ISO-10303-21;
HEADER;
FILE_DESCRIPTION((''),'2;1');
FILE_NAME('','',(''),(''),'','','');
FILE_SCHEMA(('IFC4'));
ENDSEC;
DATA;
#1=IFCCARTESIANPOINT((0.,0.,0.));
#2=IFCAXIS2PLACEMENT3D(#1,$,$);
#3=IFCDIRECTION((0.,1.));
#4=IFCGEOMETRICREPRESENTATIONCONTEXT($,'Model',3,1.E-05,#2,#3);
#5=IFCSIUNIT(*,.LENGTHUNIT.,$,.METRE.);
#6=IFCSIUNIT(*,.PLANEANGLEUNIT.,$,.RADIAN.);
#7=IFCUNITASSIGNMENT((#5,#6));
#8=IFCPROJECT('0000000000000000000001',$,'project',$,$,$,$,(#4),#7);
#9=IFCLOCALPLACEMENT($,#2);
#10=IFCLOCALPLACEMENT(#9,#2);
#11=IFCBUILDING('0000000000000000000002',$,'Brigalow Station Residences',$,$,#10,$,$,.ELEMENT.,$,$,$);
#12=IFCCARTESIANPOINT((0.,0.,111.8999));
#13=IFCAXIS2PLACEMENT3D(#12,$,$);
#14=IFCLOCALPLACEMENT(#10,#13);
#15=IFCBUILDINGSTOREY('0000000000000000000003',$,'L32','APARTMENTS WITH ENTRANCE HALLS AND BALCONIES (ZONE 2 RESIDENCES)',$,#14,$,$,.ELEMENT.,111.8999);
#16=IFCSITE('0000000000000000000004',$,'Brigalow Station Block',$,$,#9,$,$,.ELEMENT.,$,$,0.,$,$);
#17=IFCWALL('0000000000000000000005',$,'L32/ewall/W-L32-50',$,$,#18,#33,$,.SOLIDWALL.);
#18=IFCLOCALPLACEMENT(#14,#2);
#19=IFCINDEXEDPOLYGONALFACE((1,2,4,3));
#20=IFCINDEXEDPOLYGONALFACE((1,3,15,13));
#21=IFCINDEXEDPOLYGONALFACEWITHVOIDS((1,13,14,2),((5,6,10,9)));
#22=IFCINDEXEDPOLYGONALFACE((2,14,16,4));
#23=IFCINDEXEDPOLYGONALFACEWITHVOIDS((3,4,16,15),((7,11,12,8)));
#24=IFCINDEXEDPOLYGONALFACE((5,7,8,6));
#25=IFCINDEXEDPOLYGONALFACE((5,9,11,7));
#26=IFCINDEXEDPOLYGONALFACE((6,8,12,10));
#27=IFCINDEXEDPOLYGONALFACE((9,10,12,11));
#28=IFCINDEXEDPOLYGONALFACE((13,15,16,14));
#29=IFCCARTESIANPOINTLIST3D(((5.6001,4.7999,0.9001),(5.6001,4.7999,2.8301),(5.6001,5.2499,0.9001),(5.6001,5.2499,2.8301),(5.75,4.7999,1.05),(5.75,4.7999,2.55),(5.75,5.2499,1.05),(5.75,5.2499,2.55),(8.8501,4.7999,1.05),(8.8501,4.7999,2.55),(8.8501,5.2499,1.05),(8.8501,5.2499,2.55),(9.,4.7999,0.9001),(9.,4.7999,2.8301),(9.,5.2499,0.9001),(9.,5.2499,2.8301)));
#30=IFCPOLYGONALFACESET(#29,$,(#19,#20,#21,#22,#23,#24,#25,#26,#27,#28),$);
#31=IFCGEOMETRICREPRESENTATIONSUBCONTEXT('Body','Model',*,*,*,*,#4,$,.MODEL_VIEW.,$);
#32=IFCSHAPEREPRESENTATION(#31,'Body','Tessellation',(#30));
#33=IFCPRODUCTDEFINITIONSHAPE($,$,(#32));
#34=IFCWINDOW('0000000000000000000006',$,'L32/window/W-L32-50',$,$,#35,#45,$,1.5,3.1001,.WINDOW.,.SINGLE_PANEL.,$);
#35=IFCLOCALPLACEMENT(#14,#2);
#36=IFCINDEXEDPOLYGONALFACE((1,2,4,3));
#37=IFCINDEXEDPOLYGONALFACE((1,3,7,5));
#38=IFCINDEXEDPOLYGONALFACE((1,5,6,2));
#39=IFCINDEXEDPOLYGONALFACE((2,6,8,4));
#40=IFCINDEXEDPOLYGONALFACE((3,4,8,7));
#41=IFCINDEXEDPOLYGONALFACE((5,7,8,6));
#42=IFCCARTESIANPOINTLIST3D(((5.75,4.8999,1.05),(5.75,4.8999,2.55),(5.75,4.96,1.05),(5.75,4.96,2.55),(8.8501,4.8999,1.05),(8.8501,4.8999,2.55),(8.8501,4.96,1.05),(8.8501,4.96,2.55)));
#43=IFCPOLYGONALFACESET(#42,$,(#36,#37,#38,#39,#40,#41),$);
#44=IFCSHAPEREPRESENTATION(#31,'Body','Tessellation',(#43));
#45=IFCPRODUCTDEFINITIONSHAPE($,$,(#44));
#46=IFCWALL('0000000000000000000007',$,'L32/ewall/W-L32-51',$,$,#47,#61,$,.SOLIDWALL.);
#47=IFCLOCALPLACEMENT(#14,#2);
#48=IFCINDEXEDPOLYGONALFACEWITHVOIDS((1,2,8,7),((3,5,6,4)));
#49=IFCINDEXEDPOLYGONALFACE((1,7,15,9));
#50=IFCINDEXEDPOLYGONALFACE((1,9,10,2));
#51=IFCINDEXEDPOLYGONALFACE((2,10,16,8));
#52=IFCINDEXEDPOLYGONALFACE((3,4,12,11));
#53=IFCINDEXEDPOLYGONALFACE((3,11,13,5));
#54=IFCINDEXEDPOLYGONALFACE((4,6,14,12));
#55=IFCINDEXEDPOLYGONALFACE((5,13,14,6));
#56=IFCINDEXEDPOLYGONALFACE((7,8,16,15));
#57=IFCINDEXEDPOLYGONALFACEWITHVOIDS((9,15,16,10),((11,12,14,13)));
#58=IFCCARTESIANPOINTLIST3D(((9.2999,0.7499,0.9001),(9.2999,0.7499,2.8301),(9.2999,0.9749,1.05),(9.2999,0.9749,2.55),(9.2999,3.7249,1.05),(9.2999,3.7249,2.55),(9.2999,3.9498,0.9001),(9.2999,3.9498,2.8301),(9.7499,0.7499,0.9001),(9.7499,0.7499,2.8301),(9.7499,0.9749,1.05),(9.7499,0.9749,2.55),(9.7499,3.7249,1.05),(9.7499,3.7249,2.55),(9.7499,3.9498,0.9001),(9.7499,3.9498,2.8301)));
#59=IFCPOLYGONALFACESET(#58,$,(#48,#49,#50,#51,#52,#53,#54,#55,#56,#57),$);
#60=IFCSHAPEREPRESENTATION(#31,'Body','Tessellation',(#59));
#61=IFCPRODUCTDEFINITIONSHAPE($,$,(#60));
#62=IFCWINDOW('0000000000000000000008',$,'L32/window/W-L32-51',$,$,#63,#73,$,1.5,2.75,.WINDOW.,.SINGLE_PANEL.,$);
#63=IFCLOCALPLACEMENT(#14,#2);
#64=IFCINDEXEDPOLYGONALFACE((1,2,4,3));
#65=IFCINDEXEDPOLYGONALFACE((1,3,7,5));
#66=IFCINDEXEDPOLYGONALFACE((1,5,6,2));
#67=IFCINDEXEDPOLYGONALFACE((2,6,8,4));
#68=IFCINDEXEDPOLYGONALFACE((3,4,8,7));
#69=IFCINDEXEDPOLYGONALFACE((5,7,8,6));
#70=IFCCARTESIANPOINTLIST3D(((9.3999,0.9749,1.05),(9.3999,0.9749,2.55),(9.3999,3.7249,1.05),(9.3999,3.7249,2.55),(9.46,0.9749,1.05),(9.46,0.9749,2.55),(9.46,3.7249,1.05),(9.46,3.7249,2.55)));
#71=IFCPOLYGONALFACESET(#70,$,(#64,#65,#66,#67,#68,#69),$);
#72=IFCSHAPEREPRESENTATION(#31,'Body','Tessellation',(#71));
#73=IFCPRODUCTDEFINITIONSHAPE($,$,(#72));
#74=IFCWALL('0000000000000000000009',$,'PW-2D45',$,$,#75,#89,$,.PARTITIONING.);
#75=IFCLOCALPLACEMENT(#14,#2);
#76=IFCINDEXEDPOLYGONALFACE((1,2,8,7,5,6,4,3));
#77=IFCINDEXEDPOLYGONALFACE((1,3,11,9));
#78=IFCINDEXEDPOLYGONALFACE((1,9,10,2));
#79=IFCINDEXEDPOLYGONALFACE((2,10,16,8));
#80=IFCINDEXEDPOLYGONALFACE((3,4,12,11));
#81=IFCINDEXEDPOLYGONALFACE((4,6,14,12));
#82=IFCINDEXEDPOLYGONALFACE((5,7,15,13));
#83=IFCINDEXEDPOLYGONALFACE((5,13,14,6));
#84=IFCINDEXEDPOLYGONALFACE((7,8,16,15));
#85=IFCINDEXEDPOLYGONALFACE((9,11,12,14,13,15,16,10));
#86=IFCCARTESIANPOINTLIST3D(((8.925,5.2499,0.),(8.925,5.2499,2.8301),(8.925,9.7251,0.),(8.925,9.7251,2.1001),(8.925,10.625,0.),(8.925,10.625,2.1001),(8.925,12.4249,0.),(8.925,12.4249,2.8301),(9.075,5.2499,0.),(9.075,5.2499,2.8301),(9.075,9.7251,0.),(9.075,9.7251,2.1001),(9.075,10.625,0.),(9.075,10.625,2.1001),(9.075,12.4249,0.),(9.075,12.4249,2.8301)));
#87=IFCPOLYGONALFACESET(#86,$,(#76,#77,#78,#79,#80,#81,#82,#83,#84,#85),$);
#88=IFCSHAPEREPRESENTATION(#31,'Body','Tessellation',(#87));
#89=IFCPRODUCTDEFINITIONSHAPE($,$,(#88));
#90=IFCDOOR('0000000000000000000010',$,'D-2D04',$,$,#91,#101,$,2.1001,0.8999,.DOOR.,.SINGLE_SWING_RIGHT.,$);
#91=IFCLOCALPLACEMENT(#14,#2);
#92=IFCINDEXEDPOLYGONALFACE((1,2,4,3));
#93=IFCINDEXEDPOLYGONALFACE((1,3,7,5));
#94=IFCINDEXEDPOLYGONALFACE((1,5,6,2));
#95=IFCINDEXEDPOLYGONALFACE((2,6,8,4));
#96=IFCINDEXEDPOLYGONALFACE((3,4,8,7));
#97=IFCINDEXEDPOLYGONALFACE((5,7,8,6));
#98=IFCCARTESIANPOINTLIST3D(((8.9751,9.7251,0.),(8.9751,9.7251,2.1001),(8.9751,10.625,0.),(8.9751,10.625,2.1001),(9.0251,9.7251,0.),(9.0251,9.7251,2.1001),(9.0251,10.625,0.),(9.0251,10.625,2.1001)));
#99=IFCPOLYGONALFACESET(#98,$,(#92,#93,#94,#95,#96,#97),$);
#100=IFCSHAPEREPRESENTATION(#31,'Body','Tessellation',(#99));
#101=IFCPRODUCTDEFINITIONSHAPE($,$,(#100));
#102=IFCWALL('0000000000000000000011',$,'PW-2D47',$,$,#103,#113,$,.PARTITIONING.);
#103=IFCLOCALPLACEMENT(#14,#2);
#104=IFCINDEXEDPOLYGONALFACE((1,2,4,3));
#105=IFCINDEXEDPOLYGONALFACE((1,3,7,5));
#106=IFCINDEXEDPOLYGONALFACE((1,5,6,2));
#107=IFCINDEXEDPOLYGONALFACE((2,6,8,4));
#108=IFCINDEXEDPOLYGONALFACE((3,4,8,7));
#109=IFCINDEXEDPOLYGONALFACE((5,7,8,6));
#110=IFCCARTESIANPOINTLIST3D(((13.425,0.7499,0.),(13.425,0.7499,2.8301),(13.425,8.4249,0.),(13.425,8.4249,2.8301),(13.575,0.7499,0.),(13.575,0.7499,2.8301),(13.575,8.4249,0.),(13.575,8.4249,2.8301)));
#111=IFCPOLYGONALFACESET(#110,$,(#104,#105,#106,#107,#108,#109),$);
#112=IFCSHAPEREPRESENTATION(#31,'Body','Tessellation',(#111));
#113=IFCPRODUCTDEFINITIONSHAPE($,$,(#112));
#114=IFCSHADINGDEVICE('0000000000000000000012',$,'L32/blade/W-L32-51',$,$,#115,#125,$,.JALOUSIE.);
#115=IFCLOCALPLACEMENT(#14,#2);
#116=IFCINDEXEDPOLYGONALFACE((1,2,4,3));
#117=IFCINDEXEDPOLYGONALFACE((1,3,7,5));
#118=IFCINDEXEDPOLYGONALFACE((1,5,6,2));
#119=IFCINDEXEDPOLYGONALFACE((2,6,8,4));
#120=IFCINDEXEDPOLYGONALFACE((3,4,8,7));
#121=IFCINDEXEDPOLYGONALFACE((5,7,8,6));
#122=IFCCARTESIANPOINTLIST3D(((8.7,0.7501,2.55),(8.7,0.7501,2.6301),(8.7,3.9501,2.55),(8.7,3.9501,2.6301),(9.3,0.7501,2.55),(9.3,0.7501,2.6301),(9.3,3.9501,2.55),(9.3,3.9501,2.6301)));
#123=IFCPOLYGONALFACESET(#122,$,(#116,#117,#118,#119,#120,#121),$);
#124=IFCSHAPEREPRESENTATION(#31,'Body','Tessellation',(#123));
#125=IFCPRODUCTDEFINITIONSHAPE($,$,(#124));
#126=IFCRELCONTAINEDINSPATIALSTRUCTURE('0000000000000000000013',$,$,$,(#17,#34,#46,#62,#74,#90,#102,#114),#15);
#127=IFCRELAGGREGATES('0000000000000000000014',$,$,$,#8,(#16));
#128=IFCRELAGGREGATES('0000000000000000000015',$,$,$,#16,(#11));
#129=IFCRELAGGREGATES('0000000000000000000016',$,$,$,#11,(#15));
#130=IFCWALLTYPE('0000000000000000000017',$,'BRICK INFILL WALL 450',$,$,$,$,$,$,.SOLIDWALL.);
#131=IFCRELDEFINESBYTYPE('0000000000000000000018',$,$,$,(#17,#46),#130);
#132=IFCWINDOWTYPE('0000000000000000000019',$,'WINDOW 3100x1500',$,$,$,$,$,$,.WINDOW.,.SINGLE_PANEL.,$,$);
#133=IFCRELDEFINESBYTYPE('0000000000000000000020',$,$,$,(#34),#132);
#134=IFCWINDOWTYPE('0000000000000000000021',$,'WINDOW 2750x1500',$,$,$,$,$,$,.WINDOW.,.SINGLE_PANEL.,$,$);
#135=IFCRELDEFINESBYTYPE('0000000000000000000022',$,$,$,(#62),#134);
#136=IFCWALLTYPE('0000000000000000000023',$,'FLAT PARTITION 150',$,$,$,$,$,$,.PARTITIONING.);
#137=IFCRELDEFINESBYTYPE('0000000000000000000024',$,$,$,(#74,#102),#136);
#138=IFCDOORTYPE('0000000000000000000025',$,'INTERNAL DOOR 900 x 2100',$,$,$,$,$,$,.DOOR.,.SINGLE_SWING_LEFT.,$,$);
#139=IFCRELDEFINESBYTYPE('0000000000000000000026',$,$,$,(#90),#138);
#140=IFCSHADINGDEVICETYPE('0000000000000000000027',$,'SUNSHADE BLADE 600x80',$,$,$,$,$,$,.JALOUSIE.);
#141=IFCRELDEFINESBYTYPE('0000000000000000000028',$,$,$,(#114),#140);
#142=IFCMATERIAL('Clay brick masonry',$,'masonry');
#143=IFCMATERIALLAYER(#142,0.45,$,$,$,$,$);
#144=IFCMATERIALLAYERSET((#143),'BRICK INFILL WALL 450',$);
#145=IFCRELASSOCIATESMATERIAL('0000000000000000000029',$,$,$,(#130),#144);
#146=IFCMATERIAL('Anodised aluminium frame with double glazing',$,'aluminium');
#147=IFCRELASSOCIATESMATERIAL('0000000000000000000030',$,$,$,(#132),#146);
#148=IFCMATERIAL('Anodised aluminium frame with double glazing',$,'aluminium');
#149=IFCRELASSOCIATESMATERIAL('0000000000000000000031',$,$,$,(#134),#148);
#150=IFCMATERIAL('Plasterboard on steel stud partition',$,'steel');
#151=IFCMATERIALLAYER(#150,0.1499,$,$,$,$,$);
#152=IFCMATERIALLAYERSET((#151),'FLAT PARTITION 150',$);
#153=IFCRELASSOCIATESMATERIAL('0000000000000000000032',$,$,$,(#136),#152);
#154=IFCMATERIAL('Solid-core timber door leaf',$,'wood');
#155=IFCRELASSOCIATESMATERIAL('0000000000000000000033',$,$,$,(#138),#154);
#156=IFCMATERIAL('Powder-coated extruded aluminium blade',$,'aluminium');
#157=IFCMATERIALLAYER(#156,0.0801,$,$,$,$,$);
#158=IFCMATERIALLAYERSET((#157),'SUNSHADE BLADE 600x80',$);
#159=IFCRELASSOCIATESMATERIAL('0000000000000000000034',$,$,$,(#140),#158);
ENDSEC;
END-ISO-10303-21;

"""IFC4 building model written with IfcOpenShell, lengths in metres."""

from ifc_helpers import new_model, si_unit, direction, frame, frame_2d, origin, origin_2d, place, context, subcontext, project, spatial, rectangle, extrude, material, layer, layer_set, type_object, element, fill, save


model = new_model("IFC4")

# Units and contexts
model_context = context("Model", 3, precision=1e-05, world=origin(), true_north=direction((0.0, 1.0)))
body_context = subcontext(model_context, "Body", "Model", "MODEL_VIEW")
ifc_project = project(units=[si_unit("LENGTHUNIT", "METRE"), si_unit("PLANEANGLEUNIT", "RADIAN")], contexts=[model_context])

# Site, building, storey
site_placement = place(None, origin())
site = spatial("IfcSite", under=ifc_project, at=site_placement, Name="Brigalow Station Block", CompositionType="ELEMENT", RefElevation=0.0)
building_placement = place(site_placement, origin())
building = spatial("IfcBuilding", under=site, at=building_placement, Name="Brigalow Station Residences", CompositionType="ELEMENT")
storey_placement = place(building_placement, frame((0.0, 0.0, 111.8999)))
storey = spatial("IfcBuildingStorey", under=building, at=storey_placement, Name="L32", Description="APARTMENTS WITH ENTRANCE HALLS AND BALCONIES (ZONE 2 RESIDENCES)", CompositionType="ELEMENT", Elevation=111.8999)

# Walls, openings, windows
ifc_material_1 = material(Name="Clay brick masonry", Category="masonry")
ifc_layer_1 = layer(ifc_material_1, 0.45)
ifc_layer_set_1 = layer_set([ifc_layer_1], Name="BRICK INFILL WALL 450")
wall_type_1 = type_object("IfcWallType", Name="BRICK INFILL WALL 450", PredefinedType="SOLIDWALL", material=ifc_layer_set_1)
wall_1_placement = place(storey_placement, frame((5.6001, 5.0249, 0.9001), z_axis=(0.0, 0.0, 1.0), x_axis=(1.0, 0.0, 0.0)))
wall_1 = element("IfcWall", 1, at=wall_1_placement, inside=storey, type_object=wall_type_1, Name="L32/ewall/W-L32-50", PredefinedType="SOLIDWALL", context=body_context, shape_type="SweptSolid", body=[
    extrude(rectangle(XDim=3.3999, YDim=0.45, at=frame_2d((1.7, 0.0))), origin(), (0.0, 0.0, 1.0), 1.9299),
])
opening_1_placement = place(wall_1_placement, frame((0.1499, 0.0, 0.1499)))
opening_1 = element("IfcOpeningElement", 2, at=opening_1_placement, cuts=wall_1, PredefinedType="OPENING", context=body_context, shape_type="SweptSolid", body=[
    extrude(rectangle(XDim=3.1001, YDim=1.5, at=frame_2d((1.55, 0.75))), frame((0.0, 0.2349, 0.0), z_axis=(0.0, -1.0, 0.0), x_axis=(1.0, 0.0, 0.0)), (0.0, 0.0, 1.0), 0.47),
])
ifc_material_2 = material(Name="Anodised aluminium frame with double glazing", Category="aluminium")
window_type_1 = type_object("IfcWindowType", Name="WINDOW 3100x1500", PartitioningType="SINGLE_PANEL", PredefinedType="WINDOW", material=ifc_material_2)
window_1_placement = place(opening_1_placement, origin())
window_1 = element("IfcWindow", 3, at=window_1_placement, inside=storey, type_object=window_type_1, Name="L32/window/W-L32-50", OverallHeight=1.5, OverallWidth=3.1001, PartitioningType="SINGLE_PANEL", PredefinedType="WINDOW", context=body_context, shape_type="SweptSolid", body=[
    extrude(rectangle(XDim=3.1001, YDim=1.5, at=frame_2d((1.55, 0.75))), frame((0.0, -0.0649, 0.0), z_axis=(0.0, -1.0, 0.0), x_axis=(1.0, 0.0, 0.0)), (0.0, 0.0, 1.0), 0.0601),
])
fill(opening_1, window_1)
wall_2_placement = place(storey_placement, frame((9.5249, 3.95, 0.9001), z_axis=(0.0, 0.0, 1.0), x_axis=(0.0, -1.0, 0.0)))
wall_2 = element("IfcWall", 4, at=wall_2_placement, inside=storey, type_object=wall_type_1, Name="L32/ewall/W-L32-51", PredefinedType="SOLIDWALL", context=body_context, shape_type="SweptSolid", body=[
    extrude(rectangle(XDim=3.2, YDim=0.45, at=frame_2d((1.6001, 0.0))), origin(), (0.0, 0.0, 1.0), 1.9299),
])
opening_2_placement = place(wall_2_placement, frame((0.2251, 0.0, 0.1499)))
opening_2 = element("IfcOpeningElement", 5, at=opening_2_placement, cuts=wall_2, PredefinedType="OPENING", context=body_context, shape_type="SweptSolid", body=[
    extrude(rectangle(XDim=2.75, YDim=1.5, at=frame_2d((1.375, 0.75))), frame((0.0, 0.2349, 0.0), z_axis=(0.0, -1.0, 0.0), x_axis=(1.0, 0.0, 0.0)), (0.0, 0.0, 1.0), 0.47),
])
ifc_material_3 = material(Name="Anodised aluminium frame with double glazing", Category="aluminium")
window_type_2 = type_object("IfcWindowType", Name="WINDOW 2750x1500", PartitioningType="SINGLE_PANEL", PredefinedType="WINDOW", material=ifc_material_3)
window_2_placement = place(opening_2_placement, origin())
window_2 = element("IfcWindow", 6, at=window_2_placement, inside=storey, type_object=window_type_2, Name="L32/window/W-L32-51", OverallHeight=1.5, OverallWidth=2.75, PartitioningType="SINGLE_PANEL", PredefinedType="WINDOW", context=body_context, shape_type="SweptSolid", body=[
    extrude(rectangle(XDim=2.75, YDim=1.5, at=frame_2d((1.375, 0.75))), frame((0.0, -0.0649, 0.0), z_axis=(0.0, -1.0, 0.0), x_axis=(1.0, 0.0, 0.0)), (0.0, 0.0, 1.0), 0.0601),
])
fill(opening_2, window_2)

# Wall, opening, door
ifc_material_4 = material(Name="Plasterboard on steel stud partition", Category="steel")
ifc_layer_2 = layer(ifc_material_4, 0.1499)
ifc_layer_set_2 = layer_set([ifc_layer_2], Name="FLAT PARTITION 150")
wall_type_2 = type_object("IfcWallType", Name="FLAT PARTITION 150", PredefinedType="PARTITIONING", material=ifc_layer_set_2)
wall_3_placement = place(storey_placement, frame((9.0, 5.25, 0.0), z_axis=(0.0, 0.0, 1.0), x_axis=(0.0, 1.0, 0.0)))
wall_3 = element("IfcWall", 7, at=wall_3_placement, inside=storey, type_object=wall_type_2, Name="PW-2D45", PredefinedType="PARTITIONING", context=body_context, shape_type="SweptSolid", body=[
    extrude(rectangle(XDim=7.175, YDim=0.1499, at=frame_2d((3.5874, 0.0))), origin(), (0.0, 0.0, 1.0), 2.8301),
])
opening_3_placement = place(wall_3_placement, frame((4.4751, 0.0, 0.0)))
opening_3 = element("IfcOpeningElement", 8, at=opening_3_placement, cuts=wall_3, PredefinedType="OPENING", context=body_context, shape_type="SweptSolid", body=[
    extrude(rectangle(XDim=0.8999, YDim=2.1001, at=frame_2d((0.45, 1.05))), frame((0.0, 0.085, 0.0), z_axis=(0.0, -1.0, 0.0), x_axis=(1.0, 0.0, 0.0)), (0.0, 0.0, 1.0), 0.1699),
])
ifc_material_5 = material(Name="Solid-core timber door leaf", Category="wood")
door_type = type_object("IfcDoorType", Name="INTERNAL DOOR 900 x 2100", OperationType="SINGLE_SWING_LEFT", PredefinedType="DOOR", material=ifc_material_5)
door_placement = place(opening_3_placement, origin())
door = element("IfcDoor", 9, at=door_placement, inside=storey, type_object=door_type, Name="D-2D04", OperationType="SINGLE_SWING_RIGHT", OverallHeight=2.1001, OverallWidth=0.8999, PredefinedType="DOOR", context=body_context, shape_type="SweptSolid", body=[
    extrude(rectangle(XDim=0.8999, YDim=2.1001, at=frame_2d((0.45, 1.05))), frame((0.0, 0.0249, 0.0), z_axis=(0.0, -1.0, 0.0), x_axis=(1.0, 0.0, 0.0)), (0.0, 0.0, 1.0), 0.05),
])
fill(opening_3, door)

# Wall
wall_4_placement = place(storey_placement, frame((13.5, 0.75, 0.0), z_axis=(0.0, 0.0, 1.0), x_axis=(0.0, 1.0, 0.0)))
element("IfcWall", 10, at=wall_4_placement, inside=storey, type_object=wall_type_2, Name="PW-2D47", PredefinedType="PARTITIONING", context=body_context, shape_type="SweptSolid", body=[
    extrude(rectangle(XDim=7.675, YDim=0.1499, at=frame_2d((3.8374, 0.0))), origin(), (0.0, 0.0, 1.0), 2.8301),
])

# Shading device
ifc_material_6 = material(Name="Powder-coated extruded aluminium blade", Category="aluminium")
ifc_layer_3 = layer(ifc_material_6, 0.0801)
ifc_layer_set_3 = layer_set([ifc_layer_3], Name="SUNSHADE BLADE 600x80")
shading_device_type = type_object("IfcShadingDeviceType", Name="SUNSHADE BLADE 600x80", PredefinedType="JALOUSIE", material=ifc_layer_set_3)
shading_device_placement = place(storey_placement, frame((9.0, 2.3501, 2.55), z_axis=(0.0, 0.0, 1.0), x_axis=(0.0, -1.0, 0.0)))
element("IfcShadingDevice", 11, at=shading_device_placement, inside=storey, type_object=shading_device_type, Name="L32/blade/W-L32-51", PredefinedType="JALOUSIE", context=body_context, shape_type="SweptSolid", body=[
    extrude(rectangle(XDim=3.2, YDim=0.6001, at=origin_2d()), origin(), (0.0, 0.0, 1.0), 0.0801),
])

save(model, "model.ifc")
